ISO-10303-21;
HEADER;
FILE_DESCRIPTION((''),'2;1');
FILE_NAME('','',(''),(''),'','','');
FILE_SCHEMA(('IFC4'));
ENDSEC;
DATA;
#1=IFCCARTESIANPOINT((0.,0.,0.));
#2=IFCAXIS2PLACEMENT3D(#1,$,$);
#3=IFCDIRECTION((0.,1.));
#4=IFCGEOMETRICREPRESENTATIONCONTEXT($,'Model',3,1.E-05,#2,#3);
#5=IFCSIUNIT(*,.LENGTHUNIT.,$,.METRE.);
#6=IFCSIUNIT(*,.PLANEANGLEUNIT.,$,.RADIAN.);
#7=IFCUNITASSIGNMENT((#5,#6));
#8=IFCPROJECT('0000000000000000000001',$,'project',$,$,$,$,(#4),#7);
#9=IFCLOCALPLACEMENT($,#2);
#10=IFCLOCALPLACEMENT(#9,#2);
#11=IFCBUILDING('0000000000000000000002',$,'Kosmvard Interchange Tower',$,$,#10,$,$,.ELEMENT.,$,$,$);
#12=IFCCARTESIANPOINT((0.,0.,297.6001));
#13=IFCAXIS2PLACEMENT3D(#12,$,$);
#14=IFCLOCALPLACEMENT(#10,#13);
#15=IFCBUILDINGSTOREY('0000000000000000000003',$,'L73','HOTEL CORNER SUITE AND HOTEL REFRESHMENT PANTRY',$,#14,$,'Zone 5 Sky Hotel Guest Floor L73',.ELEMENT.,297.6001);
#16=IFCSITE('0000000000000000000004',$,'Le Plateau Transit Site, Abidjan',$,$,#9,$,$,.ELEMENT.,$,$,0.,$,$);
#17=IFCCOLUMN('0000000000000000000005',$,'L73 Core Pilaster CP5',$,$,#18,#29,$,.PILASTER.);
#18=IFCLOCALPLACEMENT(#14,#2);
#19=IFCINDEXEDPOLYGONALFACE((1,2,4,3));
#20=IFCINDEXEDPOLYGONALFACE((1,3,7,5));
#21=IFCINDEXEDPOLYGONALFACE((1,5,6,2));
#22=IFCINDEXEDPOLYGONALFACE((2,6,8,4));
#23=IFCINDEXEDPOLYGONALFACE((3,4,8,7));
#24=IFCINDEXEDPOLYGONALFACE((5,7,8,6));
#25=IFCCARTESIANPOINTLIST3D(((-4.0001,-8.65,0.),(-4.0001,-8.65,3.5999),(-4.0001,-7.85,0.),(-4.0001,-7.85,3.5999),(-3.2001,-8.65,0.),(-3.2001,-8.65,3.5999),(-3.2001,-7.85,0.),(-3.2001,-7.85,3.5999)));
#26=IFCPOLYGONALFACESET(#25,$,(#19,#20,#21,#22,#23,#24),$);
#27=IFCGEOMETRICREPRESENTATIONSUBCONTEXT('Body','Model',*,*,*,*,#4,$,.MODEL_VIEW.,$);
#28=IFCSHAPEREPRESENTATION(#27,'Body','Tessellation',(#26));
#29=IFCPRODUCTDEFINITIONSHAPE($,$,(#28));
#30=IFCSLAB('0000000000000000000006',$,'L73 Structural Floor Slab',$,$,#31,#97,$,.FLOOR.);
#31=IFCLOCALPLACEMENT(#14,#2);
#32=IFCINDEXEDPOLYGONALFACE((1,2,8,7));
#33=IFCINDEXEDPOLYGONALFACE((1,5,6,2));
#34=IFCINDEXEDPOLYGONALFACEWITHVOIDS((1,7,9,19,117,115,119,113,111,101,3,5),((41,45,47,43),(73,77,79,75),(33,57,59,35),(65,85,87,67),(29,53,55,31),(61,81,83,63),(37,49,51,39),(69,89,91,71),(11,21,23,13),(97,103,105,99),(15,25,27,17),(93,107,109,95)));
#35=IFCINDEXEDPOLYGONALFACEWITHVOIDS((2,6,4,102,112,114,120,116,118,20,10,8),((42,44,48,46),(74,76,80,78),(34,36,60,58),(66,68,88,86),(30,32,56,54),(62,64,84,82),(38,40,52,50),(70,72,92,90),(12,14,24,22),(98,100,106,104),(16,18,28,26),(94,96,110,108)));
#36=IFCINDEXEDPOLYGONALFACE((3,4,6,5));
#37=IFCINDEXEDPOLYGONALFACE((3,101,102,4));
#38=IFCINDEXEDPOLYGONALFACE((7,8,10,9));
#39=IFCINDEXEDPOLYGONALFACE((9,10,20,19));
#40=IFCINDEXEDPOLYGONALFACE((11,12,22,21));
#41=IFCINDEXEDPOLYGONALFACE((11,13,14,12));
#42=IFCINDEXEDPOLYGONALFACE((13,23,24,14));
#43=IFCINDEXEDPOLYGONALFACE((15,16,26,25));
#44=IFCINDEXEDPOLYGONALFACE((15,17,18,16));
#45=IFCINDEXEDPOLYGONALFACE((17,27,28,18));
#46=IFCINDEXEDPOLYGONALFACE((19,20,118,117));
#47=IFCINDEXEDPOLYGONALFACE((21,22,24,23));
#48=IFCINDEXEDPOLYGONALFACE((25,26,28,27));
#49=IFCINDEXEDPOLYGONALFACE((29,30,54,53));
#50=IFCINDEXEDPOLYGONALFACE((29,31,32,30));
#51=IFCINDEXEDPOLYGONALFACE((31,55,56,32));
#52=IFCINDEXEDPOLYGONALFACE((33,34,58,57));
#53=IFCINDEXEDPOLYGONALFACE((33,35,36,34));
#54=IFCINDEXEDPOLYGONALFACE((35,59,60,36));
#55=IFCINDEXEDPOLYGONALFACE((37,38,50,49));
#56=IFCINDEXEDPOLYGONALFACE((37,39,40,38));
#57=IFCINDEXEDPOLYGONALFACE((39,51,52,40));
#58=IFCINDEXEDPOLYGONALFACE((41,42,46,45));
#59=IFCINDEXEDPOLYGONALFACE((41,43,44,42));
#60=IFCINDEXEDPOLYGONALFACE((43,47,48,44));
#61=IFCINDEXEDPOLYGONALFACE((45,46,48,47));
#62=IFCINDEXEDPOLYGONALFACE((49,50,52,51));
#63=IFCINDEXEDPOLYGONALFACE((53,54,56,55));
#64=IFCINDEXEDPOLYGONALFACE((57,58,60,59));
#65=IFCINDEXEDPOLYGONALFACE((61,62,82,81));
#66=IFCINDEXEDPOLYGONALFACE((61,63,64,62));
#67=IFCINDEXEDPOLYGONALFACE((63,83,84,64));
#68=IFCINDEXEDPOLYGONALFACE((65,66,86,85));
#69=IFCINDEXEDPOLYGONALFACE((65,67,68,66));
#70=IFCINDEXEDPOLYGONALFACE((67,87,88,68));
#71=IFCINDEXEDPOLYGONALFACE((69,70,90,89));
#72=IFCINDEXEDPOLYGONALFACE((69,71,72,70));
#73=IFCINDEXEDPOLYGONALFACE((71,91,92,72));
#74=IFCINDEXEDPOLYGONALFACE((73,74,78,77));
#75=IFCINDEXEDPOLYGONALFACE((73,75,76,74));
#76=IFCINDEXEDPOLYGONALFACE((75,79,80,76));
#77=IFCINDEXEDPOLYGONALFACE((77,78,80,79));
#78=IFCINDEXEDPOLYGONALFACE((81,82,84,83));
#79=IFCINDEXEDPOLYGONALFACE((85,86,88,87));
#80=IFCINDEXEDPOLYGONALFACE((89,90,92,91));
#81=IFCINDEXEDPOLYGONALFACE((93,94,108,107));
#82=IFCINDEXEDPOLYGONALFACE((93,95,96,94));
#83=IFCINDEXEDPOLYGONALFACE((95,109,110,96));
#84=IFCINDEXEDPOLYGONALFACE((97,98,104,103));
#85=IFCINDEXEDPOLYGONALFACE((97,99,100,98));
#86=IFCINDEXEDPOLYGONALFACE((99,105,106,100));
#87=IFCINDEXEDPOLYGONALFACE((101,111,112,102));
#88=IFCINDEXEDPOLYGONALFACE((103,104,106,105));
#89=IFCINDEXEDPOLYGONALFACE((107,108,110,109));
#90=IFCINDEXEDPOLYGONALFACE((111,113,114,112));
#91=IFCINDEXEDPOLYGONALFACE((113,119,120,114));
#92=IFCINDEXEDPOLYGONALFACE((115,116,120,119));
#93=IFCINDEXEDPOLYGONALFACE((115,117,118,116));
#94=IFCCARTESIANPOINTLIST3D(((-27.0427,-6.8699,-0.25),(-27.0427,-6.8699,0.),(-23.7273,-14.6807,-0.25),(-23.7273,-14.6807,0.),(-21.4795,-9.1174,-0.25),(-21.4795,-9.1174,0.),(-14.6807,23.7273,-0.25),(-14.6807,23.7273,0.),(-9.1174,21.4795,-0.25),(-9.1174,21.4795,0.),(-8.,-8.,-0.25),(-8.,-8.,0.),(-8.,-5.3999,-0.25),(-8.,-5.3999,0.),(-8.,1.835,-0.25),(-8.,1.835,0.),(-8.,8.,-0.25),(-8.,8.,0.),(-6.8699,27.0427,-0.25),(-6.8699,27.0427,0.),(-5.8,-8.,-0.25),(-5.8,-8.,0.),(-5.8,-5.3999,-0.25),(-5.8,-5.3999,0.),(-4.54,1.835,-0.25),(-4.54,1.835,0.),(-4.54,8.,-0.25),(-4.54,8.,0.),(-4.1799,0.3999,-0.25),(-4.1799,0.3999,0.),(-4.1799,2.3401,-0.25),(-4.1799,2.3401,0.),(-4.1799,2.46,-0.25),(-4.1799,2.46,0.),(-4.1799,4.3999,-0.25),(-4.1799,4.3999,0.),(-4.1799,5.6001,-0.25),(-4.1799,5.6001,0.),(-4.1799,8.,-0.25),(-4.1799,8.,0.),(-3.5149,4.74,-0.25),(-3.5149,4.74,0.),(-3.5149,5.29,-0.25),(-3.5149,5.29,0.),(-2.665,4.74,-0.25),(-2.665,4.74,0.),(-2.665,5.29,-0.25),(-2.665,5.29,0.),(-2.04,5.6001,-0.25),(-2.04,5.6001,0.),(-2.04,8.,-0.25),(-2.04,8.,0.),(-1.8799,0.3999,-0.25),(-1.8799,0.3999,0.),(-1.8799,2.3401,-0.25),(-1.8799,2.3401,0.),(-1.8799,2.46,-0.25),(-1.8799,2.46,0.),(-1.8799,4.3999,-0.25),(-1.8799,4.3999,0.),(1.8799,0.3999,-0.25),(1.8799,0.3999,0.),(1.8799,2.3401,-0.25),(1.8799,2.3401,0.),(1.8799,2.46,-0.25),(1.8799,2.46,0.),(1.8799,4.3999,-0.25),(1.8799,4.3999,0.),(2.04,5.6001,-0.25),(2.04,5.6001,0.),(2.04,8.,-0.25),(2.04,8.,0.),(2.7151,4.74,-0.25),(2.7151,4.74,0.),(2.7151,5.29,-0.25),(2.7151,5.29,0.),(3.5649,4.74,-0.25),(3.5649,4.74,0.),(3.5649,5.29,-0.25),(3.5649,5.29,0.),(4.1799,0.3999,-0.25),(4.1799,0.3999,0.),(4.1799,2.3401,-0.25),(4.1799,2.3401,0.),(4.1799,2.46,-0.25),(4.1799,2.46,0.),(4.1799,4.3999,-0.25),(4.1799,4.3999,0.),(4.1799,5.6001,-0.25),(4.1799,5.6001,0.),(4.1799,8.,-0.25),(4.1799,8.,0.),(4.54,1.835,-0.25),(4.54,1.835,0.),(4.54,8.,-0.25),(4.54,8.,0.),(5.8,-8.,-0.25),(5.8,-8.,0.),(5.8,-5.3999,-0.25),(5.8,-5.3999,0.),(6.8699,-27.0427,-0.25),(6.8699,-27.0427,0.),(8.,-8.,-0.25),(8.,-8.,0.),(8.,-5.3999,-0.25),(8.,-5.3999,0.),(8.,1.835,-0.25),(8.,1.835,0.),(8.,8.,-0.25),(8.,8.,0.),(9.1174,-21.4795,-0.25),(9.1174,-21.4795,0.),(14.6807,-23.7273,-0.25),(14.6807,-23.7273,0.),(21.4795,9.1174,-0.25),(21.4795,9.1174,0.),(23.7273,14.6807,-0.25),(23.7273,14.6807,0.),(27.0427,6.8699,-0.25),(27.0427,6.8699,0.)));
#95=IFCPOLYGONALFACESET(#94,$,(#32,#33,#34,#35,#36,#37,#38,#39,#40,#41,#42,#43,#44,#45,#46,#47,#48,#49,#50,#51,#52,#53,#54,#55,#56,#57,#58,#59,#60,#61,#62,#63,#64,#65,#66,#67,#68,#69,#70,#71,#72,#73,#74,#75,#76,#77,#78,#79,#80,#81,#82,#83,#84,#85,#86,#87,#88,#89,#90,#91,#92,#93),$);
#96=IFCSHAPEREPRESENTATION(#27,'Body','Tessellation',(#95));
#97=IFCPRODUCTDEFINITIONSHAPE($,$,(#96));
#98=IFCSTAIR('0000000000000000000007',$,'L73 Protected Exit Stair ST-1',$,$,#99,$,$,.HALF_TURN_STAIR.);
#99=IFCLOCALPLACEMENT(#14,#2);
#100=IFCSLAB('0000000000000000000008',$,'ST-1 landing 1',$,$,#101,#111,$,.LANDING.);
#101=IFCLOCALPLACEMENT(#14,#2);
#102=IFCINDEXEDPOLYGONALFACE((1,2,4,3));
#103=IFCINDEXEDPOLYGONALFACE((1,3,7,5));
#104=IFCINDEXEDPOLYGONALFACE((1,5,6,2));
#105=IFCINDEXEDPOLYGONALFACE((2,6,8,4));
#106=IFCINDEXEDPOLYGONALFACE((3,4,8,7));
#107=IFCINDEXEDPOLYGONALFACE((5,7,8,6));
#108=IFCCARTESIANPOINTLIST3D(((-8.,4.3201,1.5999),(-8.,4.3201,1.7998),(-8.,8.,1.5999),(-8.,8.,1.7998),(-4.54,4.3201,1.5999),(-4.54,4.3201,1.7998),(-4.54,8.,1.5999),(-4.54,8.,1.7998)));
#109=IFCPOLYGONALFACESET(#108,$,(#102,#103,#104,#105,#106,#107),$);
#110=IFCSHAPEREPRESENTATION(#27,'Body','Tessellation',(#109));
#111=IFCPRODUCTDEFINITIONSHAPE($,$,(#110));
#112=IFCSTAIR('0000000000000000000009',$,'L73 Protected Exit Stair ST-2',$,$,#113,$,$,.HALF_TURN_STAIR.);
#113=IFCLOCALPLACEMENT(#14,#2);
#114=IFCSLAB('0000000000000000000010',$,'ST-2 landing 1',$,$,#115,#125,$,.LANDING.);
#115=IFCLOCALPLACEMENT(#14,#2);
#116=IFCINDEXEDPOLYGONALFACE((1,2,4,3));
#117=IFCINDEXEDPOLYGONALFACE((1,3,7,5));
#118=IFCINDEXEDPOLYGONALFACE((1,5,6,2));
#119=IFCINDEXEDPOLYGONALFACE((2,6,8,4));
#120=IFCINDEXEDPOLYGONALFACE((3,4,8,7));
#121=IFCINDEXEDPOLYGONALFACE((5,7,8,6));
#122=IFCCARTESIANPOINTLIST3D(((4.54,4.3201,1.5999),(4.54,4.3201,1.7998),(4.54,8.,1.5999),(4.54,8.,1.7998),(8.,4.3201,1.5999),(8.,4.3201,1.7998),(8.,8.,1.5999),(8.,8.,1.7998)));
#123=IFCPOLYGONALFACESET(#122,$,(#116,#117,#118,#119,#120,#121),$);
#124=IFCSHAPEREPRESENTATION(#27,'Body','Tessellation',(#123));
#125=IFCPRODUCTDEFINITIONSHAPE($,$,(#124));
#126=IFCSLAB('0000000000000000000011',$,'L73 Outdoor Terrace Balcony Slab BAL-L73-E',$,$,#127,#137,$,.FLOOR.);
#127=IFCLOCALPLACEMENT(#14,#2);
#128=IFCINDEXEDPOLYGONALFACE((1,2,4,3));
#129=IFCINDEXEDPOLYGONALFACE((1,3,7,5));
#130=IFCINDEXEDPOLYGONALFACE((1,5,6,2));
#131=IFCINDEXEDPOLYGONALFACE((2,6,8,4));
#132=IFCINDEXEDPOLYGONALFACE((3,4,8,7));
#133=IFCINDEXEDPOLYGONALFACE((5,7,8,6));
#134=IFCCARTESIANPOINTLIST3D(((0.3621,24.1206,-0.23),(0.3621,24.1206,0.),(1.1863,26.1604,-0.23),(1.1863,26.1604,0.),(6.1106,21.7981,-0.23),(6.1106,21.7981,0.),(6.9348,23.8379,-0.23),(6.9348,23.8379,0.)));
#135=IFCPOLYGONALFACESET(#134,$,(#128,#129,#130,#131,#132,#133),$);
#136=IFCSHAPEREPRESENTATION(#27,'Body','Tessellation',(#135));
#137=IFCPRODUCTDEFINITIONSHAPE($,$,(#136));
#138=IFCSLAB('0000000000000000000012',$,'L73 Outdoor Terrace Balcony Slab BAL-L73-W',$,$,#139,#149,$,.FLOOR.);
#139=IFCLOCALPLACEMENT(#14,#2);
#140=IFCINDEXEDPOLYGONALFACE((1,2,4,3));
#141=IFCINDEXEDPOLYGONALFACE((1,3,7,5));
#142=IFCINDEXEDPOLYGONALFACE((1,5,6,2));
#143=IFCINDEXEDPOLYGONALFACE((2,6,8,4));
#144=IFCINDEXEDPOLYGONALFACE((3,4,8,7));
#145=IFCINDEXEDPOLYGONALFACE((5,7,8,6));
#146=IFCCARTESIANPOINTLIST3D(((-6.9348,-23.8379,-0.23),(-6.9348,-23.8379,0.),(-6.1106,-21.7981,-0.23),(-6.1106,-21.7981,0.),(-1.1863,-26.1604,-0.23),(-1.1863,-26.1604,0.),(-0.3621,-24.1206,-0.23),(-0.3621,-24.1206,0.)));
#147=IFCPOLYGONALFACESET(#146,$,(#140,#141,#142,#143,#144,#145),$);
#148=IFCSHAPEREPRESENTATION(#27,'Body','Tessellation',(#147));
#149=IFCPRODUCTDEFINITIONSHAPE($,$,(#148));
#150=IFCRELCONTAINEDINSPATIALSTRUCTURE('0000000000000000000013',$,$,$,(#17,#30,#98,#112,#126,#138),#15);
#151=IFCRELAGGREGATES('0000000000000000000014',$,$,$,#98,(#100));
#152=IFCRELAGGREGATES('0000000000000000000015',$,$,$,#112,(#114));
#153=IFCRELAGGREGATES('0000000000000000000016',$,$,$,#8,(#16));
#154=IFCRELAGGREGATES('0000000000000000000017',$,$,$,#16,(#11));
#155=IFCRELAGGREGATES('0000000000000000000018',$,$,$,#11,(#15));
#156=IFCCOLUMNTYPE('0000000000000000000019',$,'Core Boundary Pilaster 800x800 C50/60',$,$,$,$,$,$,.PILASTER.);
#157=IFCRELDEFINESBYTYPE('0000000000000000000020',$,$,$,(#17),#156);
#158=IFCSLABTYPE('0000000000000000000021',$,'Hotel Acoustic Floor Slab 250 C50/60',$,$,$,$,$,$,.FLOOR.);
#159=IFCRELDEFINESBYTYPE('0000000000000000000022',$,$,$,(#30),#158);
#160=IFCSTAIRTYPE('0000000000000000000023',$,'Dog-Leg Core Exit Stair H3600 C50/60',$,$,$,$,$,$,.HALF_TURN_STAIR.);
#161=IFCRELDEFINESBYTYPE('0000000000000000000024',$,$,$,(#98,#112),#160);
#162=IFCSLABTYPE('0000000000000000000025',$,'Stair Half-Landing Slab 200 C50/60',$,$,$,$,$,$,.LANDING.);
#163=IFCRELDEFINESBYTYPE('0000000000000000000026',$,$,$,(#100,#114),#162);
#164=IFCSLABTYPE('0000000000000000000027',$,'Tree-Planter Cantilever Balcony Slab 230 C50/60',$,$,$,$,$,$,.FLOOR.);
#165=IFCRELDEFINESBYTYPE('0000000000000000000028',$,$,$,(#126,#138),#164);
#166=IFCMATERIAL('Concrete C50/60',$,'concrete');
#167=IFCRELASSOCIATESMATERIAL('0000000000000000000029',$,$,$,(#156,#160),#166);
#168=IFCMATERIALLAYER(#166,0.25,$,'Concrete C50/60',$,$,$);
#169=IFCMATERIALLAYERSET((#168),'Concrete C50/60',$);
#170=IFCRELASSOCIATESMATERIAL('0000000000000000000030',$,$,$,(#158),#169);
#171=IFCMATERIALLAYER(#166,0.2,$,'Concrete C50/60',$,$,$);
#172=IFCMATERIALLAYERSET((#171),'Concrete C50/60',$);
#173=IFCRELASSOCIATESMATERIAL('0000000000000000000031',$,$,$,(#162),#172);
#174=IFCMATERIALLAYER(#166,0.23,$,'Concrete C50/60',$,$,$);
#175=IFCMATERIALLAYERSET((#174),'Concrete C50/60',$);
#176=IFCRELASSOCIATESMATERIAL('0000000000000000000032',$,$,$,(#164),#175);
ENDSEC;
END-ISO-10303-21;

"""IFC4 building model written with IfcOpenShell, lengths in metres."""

from ifc_helpers import new_model, si_unit, direction, frame, origin, origin_2d, place, context, subcontext, project, spatial, polyline, rectangle, outline, extrude, source, transform, mapped, material, layer, layer_set, material_profile, profile_set, type_object, element, aggregate, save


model = new_model("IFC4")

# Units and contexts
model_context = context("Model", 3, precision=1e-05, world=origin(), true_north=direction((0.0, 1.0)))
body_context = subcontext(model_context, "Body", "Model", "MODEL_VIEW")
ifc_project = project(units=[si_unit("LENGTHUNIT", "METRE"), si_unit("PLANEANGLEUNIT", "RADIAN")], contexts=[model_context])

# Site, building, storey
site_placement = place(None, origin())
site = spatial("IfcSite", under=ifc_project, at=site_placement, Name="Le Plateau Transit Site, Abidjan", CompositionType="ELEMENT", RefElevation=0.0)
building_placement = place(site_placement, origin())
building = spatial("IfcBuilding", under=site, at=building_placement, Name="Kosmvard Interchange Tower", CompositionType="ELEMENT")
storey_placement = place(building_placement, frame((0.0, 0.0, 297.6001)))
storey = spatial("IfcBuildingStorey", under=building, at=storey_placement, Name="L73", Description="HOTEL CORNER SUITE AND HOTEL REFRESHMENT PANTRY", LongName="Zone 5 Sky Hotel Guest Floor L73", CompositionType="ELEMENT", Elevation=297.6001)

# Column
ifc_material_1 = material(Name="Concrete C50/60", Category="concrete")
ifc_material_profile = material_profile(ifc_material_1, rectangle(XDim=0.8, YDim=0.8, at=origin_2d()), Name="CP 800x800")
ifc_profile_set = profile_set([ifc_material_profile], Name="Concrete C50/60")
column_type = type_object("IfcColumnType", Name="Core Boundary Pilaster 800x800 C50/60", PredefinedType="PILASTER", material=ifc_profile_set)
shared_shape_1 = source(origin(), body_context, "Body", "SweptSolid", [
    extrude(rectangle(XDim=0.8, YDim=0.8, at=origin_2d()), origin(), (0.0, 0.0, 1.0), 3.5999),
])
column_placement = place(storey_placement, frame((-3.6001, -8.25, 0.0), z_axis=(0.0, 0.0, 1.0), x_axis=(1.0, 0.0, 0.0)))
element("IfcColumn", 1, at=column_placement, inside=storey, type_object=column_type, Name="L73 Core Pilaster CP5", PredefinedType="PILASTER", context=body_context, shape_type="MappedRepresentation", body=[
    mapped(shared_shape_1, transform((0.0, 0.0, 0.0), scale=1.0)),
])

# Slab
ifc_layer_1 = layer(ifc_material_1, 0.25, Name="Concrete C50/60")
ifc_layer_set_1 = layer_set([ifc_layer_1], Name="Concrete C50/60")
slab_type_1 = type_object("IfcSlabType", Name="Hotel Acoustic Floor Slab 250 C50/60", PredefinedType="FLOOR", material=ifc_layer_set_1)
slab_1_placement = place(storey_placement, frame((0.0, 0.0, -0.25)))
element("IfcSlab", 2, at=slab_1_placement, inside=storey, type_object=slab_type_1, Name="L73 Structural Floor Slab", PredefinedType="FLOOR", context=body_context, shape_type="SweptSolid", body=[
    extrude(outline(polyline([(14.6807, -23.7273), (27.0427, 6.8699), (21.4795, 9.1174), (23.7273, 14.6807), (-6.8699, 27.0427), (-9.1174, 21.4795), (-14.6807, 23.7273), (-27.0427, -6.8699), (-21.4795, -9.1174), (-23.7273, -14.6807), (6.8699, -27.0427), (9.1174, -21.4795), (14.6807, -23.7273)]), holes=[polyline([(-8.0, 1.835), (-4.54, 1.835), (-4.54, 8.0), (-8.0, 8.0), (-8.0, 1.835)]), polyline([(4.54, 1.835), (8.0, 1.835), (8.0, 8.0), (4.54, 8.0), (4.54, 1.835)]), polyline([(-8.0, -8.0), (-5.8, -8.0), (-5.8, -5.3999), (-8.0, -5.3999), (-8.0, -8.0)]), polyline([(5.8, -8.0), (8.0, -8.0), (8.0, -5.3999), (5.8, -5.3999), (5.8, -8.0)]), polyline([(-4.1799, 0.3999), (-1.8799, 0.3999), (-1.8799, 2.3401), (-4.1799, 2.3401), (-4.1799, 0.3999)]), polyline([(-4.1799, 2.46), (-1.8799, 2.46), (-1.8799, 4.3999), (-4.1799, 4.3999), (-4.1799, 2.46)]), polyline([(1.8799, 0.3999), (4.1799, 0.3999), (4.1799, 2.3401), (1.8799, 2.3401), (1.8799, 0.3999)]), polyline([(1.8799, 2.46), (4.1799, 2.46), (4.1799, 4.3999), (1.8799, 4.3999), (1.8799, 2.46)]), polyline([(-4.1799, 5.6001), (-2.04, 5.6001), (-2.04, 8.0), (-4.1799, 8.0), (-4.1799, 5.6001)]), polyline([(2.04, 5.6001), (4.1799, 5.6001), (4.1799, 8.0), (2.04, 8.0), (2.04, 5.6001)]), polyline([(-3.5149, 4.74), (-2.665, 4.74), (-2.665, 5.29), (-3.5149, 5.29), (-3.5149, 4.74)]), polyline([(2.7151, 4.74), (3.5649, 4.74), (3.5649, 5.29), (2.7151, 5.29), (2.7151, 4.74)])]), origin(), (0.0, 0.0, 1.0), 0.25),
])

# Stairs, slabs
stair_type = type_object("IfcStairType", Name="Dog-Leg Core Exit Stair H3600 C50/60", PredefinedType="HALF_TURN_STAIR", material=ifc_material_1)
stair_1_placement = place(storey_placement, origin())
stair_1 = element("IfcStair", 3, at=stair_1_placement, inside=storey, type_object=stair_type, Name="L73 Protected Exit Stair ST-1", PredefinedType="HALF_TURN_STAIR")
ifc_layer_2 = layer(ifc_material_1, 0.2, Name="Concrete C50/60")
ifc_layer_set_2 = layer_set([ifc_layer_2], Name="Concrete C50/60")
slab_type_2 = type_object("IfcSlabType", Name="Stair Half-Landing Slab 200 C50/60", PredefinedType="LANDING", material=ifc_layer_set_2)
slab_2_placement = place(storey_placement, frame((0.0, 0.0, 1.5999)))
slab_2 = element("IfcSlab", 4, at=slab_2_placement, type_object=slab_type_2, Name="ST-1 landing 1", PredefinedType="LANDING", context=body_context, shape_type="SweptSolid", body=[
    extrude(outline(polyline([(-4.54, 4.3201), (-4.54, 8.0), (-8.0, 8.0), (-8.0, 4.3201), (-4.54, 4.3201)])), origin(), (0.0, 0.0, 1.0), 0.2),
])
aggregate(stair_1, [slab_2])
stair_2_placement = place(storey_placement, origin())
stair_2 = element("IfcStair", 5, at=stair_2_placement, inside=storey, type_object=stair_type, Name="L73 Protected Exit Stair ST-2", PredefinedType="HALF_TURN_STAIR")
slab_3_placement = place(storey_placement, frame((0.0, 0.0, 1.5999)))
slab_3 = element("IfcSlab", 6, at=slab_3_placement, type_object=slab_type_2, Name="ST-2 landing 1", PredefinedType="LANDING", context=body_context, shape_type="SweptSolid", body=[
    extrude(outline(polyline([(8.0, 4.3201), (8.0, 8.0), (4.54, 8.0), (4.54, 4.3201), (8.0, 4.3201)])), origin(), (0.0, 0.0, 1.0), 0.2),
])
aggregate(stair_2, [slab_3])

# Slabs
ifc_layer_3 = layer(ifc_material_1, 0.23, Name="Concrete C50/60")
ifc_layer_set_3 = layer_set([ifc_layer_3], Name="Concrete C50/60")
slab_type_3 = type_object("IfcSlabType", Name="Tree-Planter Cantilever Balcony Slab 230 C50/60", PredefinedType="FLOOR", material=ifc_layer_set_3)
slab_4_placement = place(storey_placement, frame((0.0, 0.0, -0.23)))
element("IfcSlab", 7, at=slab_4_placement, inside=storey, type_object=slab_type_3, Name="L73 Outdoor Terrace Balcony Slab BAL-L73-E", PredefinedType="FLOOR", context=body_context, shape_type="SweptSolid", body=[
    extrude(outline(polyline([(6.1106, 21.7981), (6.9348, 23.8379), (1.1863, 26.1604), (0.3621, 24.1206), (6.1106, 21.7981)])), origin(), (0.0, 0.0, 1.0), 0.23),
])
slab_5_placement = place(storey_placement, frame((0.0, 0.0, -0.23)))
element("IfcSlab", 8, at=slab_5_placement, inside=storey, type_object=slab_type_3, Name="L73 Outdoor Terrace Balcony Slab BAL-L73-W", PredefinedType="FLOOR", context=body_context, shape_type="SweptSolid", body=[
    extrude(outline(polyline([(-1.1863, -26.1604), (-0.3621, -24.1206), (-6.1106, -21.7981), (-6.9348, -23.8379), (-1.1863, -26.1604)])), origin(), (0.0, 0.0, 1.0), 0.23),
])

save(model, "model.ifc")
